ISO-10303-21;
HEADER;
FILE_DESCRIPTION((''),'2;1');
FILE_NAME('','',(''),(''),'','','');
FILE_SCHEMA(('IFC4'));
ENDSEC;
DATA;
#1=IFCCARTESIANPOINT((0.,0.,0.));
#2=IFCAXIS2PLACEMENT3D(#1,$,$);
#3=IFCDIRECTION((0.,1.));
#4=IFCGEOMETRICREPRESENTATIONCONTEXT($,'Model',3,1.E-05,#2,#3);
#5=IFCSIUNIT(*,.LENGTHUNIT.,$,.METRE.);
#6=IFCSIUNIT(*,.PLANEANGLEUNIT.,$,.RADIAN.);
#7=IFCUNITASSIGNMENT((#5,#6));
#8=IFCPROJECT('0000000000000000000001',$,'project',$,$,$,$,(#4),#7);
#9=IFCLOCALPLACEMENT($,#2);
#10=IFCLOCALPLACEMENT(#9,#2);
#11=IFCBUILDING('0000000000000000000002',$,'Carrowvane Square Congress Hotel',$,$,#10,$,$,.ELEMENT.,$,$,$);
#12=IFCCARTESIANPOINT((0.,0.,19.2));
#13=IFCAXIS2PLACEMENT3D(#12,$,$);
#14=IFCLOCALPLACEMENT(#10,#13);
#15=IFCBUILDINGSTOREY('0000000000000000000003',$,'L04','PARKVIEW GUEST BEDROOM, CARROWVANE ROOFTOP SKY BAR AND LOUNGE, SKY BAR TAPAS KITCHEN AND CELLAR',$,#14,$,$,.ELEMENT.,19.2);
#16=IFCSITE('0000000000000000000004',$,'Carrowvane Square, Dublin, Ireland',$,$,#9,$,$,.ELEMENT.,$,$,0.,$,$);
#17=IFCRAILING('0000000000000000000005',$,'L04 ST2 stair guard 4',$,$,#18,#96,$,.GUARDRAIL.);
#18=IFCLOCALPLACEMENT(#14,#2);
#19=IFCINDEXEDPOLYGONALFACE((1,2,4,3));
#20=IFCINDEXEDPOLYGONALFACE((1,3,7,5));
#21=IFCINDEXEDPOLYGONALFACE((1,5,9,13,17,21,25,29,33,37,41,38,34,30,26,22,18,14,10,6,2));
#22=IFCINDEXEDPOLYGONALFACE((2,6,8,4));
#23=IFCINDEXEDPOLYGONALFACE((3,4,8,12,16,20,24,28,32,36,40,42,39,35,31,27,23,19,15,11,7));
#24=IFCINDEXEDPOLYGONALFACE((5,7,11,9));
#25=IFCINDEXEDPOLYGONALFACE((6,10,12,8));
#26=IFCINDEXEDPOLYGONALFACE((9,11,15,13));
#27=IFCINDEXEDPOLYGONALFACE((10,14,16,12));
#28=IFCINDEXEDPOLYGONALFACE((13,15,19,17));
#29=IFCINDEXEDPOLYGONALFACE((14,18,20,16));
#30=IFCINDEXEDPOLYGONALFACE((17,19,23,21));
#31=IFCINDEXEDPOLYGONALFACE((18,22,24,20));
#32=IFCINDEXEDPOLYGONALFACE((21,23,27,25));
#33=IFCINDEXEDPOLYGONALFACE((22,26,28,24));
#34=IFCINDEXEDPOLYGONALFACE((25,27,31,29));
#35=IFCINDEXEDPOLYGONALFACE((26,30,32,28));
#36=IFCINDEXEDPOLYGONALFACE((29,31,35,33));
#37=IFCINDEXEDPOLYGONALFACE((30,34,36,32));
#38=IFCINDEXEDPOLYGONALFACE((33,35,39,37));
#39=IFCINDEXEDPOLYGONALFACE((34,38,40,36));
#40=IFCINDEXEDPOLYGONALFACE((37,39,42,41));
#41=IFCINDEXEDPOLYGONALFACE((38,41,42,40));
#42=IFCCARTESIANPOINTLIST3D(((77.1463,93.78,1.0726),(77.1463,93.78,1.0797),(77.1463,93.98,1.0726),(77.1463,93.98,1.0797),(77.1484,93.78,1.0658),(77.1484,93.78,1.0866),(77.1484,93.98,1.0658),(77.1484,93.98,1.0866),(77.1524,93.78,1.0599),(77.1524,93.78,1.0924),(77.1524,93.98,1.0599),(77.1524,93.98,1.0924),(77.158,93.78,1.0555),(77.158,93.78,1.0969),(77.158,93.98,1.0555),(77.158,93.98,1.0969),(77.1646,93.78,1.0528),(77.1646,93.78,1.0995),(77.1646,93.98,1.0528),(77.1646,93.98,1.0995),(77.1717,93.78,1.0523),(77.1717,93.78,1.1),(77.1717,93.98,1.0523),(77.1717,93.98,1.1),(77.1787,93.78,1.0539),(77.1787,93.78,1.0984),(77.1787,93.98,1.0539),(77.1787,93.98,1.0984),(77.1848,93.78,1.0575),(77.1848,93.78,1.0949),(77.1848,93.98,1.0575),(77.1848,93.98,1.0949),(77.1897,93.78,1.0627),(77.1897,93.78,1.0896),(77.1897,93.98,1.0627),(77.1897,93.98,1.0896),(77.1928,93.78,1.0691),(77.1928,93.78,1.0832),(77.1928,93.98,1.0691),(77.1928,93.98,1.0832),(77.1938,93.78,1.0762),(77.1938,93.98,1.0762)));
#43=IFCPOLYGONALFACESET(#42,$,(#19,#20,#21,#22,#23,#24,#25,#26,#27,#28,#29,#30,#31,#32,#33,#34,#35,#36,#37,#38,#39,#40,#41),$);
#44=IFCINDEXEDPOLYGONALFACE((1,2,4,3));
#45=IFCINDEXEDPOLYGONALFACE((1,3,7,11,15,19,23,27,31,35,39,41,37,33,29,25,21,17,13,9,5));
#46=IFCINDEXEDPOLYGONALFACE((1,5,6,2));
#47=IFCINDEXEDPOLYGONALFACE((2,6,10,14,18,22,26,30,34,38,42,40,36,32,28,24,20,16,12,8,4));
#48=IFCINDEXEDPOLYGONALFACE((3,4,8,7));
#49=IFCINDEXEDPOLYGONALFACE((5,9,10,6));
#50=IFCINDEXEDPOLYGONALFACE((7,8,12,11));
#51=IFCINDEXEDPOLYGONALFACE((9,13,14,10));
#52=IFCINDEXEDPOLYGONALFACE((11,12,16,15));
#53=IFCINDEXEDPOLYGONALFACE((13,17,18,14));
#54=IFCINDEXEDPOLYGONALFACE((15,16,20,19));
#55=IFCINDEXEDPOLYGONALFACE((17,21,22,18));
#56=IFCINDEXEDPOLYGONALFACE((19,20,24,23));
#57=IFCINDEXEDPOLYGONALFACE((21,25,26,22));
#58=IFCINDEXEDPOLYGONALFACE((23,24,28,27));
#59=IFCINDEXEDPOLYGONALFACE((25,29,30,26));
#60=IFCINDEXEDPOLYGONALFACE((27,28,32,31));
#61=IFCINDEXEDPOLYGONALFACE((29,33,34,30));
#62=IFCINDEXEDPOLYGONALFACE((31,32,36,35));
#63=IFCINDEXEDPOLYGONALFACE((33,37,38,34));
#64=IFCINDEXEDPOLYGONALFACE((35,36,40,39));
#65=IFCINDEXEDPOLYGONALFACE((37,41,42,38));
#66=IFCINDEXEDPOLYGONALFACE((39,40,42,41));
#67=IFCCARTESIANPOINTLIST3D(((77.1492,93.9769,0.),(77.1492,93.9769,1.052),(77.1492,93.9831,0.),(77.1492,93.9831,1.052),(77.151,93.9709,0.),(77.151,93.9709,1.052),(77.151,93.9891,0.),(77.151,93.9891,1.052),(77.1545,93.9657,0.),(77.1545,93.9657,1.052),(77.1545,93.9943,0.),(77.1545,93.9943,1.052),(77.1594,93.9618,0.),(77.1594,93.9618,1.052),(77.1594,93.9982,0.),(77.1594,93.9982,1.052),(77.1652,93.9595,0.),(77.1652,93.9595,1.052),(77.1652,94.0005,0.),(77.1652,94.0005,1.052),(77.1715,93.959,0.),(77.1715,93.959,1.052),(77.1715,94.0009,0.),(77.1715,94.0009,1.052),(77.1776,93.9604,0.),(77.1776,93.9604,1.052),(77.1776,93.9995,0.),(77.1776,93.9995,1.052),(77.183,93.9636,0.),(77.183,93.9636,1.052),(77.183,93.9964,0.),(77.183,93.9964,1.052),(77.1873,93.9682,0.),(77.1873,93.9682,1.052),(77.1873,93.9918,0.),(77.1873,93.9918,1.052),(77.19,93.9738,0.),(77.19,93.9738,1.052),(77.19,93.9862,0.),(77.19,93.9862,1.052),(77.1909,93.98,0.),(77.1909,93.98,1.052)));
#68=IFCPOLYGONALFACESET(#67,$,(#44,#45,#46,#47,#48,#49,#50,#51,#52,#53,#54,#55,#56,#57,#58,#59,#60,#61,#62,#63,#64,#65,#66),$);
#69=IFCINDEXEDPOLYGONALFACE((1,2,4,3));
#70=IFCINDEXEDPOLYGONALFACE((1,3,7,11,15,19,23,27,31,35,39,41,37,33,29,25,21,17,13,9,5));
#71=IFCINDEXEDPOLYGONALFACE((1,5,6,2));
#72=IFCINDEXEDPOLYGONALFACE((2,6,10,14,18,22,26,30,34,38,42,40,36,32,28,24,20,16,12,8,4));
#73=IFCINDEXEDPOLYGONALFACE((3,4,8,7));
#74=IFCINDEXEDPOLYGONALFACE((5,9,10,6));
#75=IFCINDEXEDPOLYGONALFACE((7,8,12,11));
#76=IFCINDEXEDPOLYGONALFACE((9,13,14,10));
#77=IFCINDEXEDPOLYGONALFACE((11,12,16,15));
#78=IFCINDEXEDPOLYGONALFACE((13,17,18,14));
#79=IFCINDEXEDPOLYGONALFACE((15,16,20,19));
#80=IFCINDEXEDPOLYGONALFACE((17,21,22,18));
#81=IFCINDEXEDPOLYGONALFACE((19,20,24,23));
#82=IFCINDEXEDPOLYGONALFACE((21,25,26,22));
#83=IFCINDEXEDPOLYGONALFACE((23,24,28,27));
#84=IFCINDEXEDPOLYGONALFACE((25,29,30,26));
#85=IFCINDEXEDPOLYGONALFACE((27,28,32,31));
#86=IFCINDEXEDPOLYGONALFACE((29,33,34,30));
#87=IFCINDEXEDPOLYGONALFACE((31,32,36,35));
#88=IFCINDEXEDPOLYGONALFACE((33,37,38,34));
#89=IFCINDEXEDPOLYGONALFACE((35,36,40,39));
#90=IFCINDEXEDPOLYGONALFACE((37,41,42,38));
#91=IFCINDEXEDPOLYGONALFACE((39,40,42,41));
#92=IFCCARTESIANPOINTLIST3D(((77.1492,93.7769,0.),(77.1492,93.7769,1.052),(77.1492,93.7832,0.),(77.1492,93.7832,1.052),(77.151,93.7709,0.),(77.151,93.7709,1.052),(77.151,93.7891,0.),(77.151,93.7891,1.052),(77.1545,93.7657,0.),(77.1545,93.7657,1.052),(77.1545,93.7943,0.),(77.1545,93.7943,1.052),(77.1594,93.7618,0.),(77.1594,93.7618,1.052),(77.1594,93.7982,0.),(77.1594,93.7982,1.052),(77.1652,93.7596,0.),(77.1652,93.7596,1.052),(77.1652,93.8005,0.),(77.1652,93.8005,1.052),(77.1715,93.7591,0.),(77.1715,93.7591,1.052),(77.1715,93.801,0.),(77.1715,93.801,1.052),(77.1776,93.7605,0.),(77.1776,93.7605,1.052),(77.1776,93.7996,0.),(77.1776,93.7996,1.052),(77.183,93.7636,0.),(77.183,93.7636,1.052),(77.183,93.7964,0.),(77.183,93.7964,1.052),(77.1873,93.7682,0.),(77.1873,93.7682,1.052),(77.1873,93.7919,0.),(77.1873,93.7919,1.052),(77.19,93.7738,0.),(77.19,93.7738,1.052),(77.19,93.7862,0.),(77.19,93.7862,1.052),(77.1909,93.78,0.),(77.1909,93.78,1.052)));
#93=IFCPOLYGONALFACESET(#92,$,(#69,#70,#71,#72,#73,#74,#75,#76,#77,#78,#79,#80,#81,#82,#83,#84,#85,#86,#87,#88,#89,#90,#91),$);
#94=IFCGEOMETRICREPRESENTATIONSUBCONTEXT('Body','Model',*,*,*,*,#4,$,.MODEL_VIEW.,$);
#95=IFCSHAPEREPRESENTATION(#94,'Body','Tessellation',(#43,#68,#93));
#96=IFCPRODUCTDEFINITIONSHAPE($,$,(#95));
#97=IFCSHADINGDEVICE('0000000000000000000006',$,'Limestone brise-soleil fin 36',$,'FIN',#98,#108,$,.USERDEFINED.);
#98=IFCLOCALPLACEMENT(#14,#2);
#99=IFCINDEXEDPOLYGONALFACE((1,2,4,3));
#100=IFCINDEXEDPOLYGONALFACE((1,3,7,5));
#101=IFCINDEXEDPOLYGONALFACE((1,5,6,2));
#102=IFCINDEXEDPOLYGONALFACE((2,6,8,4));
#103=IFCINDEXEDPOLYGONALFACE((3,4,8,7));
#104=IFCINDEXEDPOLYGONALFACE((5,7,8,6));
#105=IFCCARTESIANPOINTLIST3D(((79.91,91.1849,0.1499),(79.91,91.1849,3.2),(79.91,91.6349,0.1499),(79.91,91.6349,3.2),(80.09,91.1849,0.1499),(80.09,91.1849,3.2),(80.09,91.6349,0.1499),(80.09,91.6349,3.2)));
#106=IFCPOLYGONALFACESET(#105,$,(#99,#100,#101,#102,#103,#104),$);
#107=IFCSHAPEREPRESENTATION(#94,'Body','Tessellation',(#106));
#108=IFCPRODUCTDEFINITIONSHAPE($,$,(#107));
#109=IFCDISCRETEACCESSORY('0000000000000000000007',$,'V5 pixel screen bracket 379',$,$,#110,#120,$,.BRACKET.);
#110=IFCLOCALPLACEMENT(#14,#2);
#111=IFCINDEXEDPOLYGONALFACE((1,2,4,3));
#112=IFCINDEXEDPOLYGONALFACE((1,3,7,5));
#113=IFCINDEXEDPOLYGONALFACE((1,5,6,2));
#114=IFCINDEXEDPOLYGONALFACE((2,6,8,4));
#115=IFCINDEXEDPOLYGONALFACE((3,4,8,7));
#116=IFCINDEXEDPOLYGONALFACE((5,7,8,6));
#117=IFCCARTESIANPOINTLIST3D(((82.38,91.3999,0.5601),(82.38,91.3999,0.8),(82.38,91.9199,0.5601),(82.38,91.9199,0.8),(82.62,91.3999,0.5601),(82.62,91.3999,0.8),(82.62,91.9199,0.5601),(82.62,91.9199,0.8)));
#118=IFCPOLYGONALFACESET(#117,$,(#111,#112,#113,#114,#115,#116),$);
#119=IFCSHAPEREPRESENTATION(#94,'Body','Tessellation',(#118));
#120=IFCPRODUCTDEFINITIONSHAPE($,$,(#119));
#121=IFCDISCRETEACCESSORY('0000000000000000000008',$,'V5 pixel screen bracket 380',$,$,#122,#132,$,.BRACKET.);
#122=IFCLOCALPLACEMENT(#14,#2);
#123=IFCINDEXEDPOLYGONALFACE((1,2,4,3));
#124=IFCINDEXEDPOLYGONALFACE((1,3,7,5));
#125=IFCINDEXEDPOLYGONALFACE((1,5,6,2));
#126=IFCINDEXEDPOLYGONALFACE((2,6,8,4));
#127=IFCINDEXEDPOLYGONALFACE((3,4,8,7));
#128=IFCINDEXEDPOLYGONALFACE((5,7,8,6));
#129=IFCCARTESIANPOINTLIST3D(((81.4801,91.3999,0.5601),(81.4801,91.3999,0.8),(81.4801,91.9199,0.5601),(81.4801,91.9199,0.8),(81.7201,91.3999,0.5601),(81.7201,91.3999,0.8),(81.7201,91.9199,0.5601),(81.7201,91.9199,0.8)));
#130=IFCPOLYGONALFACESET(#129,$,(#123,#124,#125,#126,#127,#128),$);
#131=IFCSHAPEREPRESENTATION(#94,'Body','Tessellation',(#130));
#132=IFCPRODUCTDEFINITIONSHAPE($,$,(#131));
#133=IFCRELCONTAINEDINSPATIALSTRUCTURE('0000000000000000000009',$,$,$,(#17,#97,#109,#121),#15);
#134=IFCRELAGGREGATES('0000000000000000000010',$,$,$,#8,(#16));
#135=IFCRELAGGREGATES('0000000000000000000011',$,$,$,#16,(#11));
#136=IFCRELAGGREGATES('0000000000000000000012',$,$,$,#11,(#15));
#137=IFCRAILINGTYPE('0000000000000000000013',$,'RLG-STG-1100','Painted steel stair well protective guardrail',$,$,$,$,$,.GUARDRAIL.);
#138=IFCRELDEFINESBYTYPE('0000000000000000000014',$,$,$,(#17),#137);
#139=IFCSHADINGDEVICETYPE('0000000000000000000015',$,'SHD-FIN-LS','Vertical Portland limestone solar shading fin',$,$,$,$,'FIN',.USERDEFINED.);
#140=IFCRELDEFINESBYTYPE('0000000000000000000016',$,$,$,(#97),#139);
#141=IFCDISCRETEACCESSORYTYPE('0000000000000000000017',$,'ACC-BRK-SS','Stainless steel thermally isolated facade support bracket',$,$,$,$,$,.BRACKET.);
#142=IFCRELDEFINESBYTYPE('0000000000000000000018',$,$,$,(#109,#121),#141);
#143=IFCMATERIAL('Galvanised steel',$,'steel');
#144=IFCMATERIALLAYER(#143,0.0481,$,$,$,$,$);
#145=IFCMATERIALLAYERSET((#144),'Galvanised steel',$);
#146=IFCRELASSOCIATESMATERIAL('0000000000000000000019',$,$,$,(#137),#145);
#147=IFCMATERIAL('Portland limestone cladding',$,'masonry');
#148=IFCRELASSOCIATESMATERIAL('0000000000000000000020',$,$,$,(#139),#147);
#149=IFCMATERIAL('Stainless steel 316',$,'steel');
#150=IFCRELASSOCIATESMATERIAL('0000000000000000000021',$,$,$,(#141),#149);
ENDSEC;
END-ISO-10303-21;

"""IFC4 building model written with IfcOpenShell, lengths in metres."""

from ifc_helpers import new_model, si_unit, direction, frame, origin, origin_2d, place, context, subcontext, project, spatial, rectangle, circle, extrude, material, layer, layer_set, type_object, element, save


model = new_model("IFC4")

# Units and contexts
model_context = context("Model", 3, precision=1e-05, world=origin(), true_north=direction((0.0, 1.0)))
body_context = subcontext(model_context, "Body", "Model", "MODEL_VIEW")
ifc_project = project(units=[si_unit("LENGTHUNIT", "METRE"), si_unit("PLANEANGLEUNIT", "RADIAN")], contexts=[model_context])

# Site, building, storey
site_placement = place(None, origin())
site = spatial("IfcSite", under=ifc_project, at=site_placement, Name="Carrowvane Square, Dublin, Ireland", CompositionType="ELEMENT", RefElevation=0.0)
building_placement = place(site_placement, origin())
building = spatial("IfcBuilding", under=site, at=building_placement, Name="Carrowvane Square Congress Hotel", CompositionType="ELEMENT")
storey_placement = place(building_placement, frame((0.0, 0.0, 19.2)))
storey = spatial("IfcBuildingStorey", under=building, at=storey_placement, Name="L04", Description="PARKVIEW GUEST BEDROOM, CARROWVANE ROOFTOP SKY BAR AND LOUNGE, SKY BAR TAPAS KITCHEN AND CELLAR", CompositionType="ELEMENT", Elevation=19.2)

# Railing
ifc_material_1 = material(Name="Galvanised steel", Category="steel")
ifc_layer_1 = layer(ifc_material_1, 0.0481)
ifc_layer_set_1 = layer_set([ifc_layer_1], Name="Galvanised steel")
railing_type_1 = type_object("IfcRailingType", Name="RLG-STG-1100", Description="Painted steel stair well protective guardrail", PredefinedType="GUARDRAIL", material=ifc_layer_set_1)
railing_1_placement = place(storey_placement, frame((77.1699, 93.98, 0.0)))
element("IfcRailing", 1, at=railing_1_placement, inside=storey, type_object=railing_type_1, Name="L04 ST2 stair guard 4", PredefinedType="GUARDRAIL", context=body_context, shape_type="SweptSolid", body=[
    extrude(circle(Radius=0.0239, at=origin_2d()), frame((0.0, 0.0, 1.0762), z_axis=(0.0, -1.0, 0.0), x_axis=(1.0, 0.0, 0.0)), (0.0, 0.0, 1.0), 0.2),
    extrude(circle(Radius=0.021, at=origin_2d()), origin(), (0.0, 0.0, 1.0), 1.052),
    extrude(circle(Radius=0.021, at=origin_2d()), frame((0.0, -0.2, 0.0)), (0.0, 0.0, 1.0), 1.052),
])

# Shading device
ifc_material_2 = material(Name="Portland limestone cladding", Category="masonry")
shading_device_type = type_object("IfcShadingDeviceType", Name="SHD-FIN-LS", Description="Vertical Portland limestone solar shading fin", ElementType="FIN", PredefinedType="USERDEFINED", material=ifc_material_2)
shading_device_placement = place(storey_placement, frame((80.0, 91.4099, 0.1499), z_axis=(0.0, 0.0, 1.0), x_axis=(-1.0, 0.0, 0.0)))
element("IfcShadingDevice", 2, at=shading_device_placement, inside=storey, type_object=shading_device_type, Name="Limestone brise-soleil fin 36", ObjectType="FIN", PredefinedType="USERDEFINED", context=body_context, shape_type="SweptSolid", body=[
    extrude(rectangle(XDim=0.1799, YDim=0.45, at=origin_2d()), origin(), (0.0, 0.0, 1.0), 3.05),
])

# Discrete accessories
ifc_material_3 = material(Name="Stainless steel 316", Category="steel")
discrete_accessory_type = type_object("IfcDiscreteAccessoryType", Name="ACC-BRK-SS", Description="Stainless steel thermally isolated facade support bracket", PredefinedType="BRACKET", material=ifc_material_3)
for number, where, z_axis, x_axis, name in (
    (3, (82.5, 91.6599, 0.5601), (0.0, 0.0, 1.0), (-1.0, 0.0, 0.0), "V5 pixel screen bracket 379"),
    (4, (81.6001, 91.6599, 0.5601), (0.0, 0.0, 1.0), (-1.0, 0.0, 0.0), "V5 pixel screen bracket 380"),
):
    element("IfcDiscreteAccessory", number, at=place(storey_placement, frame(where, z_axis=z_axis, x_axis=x_axis)), inside=storey, type_object=discrete_accessory_type, Name=name, PredefinedType="BRACKET", context=body_context, shape_type="SweptSolid", body=[
        extrude(rectangle(XDim=0.24, YDim=0.52, at=origin_2d()), origin(), (0.0, 0.0, 1.0), 0.24),
    ])

save(model, "model.ifc")
